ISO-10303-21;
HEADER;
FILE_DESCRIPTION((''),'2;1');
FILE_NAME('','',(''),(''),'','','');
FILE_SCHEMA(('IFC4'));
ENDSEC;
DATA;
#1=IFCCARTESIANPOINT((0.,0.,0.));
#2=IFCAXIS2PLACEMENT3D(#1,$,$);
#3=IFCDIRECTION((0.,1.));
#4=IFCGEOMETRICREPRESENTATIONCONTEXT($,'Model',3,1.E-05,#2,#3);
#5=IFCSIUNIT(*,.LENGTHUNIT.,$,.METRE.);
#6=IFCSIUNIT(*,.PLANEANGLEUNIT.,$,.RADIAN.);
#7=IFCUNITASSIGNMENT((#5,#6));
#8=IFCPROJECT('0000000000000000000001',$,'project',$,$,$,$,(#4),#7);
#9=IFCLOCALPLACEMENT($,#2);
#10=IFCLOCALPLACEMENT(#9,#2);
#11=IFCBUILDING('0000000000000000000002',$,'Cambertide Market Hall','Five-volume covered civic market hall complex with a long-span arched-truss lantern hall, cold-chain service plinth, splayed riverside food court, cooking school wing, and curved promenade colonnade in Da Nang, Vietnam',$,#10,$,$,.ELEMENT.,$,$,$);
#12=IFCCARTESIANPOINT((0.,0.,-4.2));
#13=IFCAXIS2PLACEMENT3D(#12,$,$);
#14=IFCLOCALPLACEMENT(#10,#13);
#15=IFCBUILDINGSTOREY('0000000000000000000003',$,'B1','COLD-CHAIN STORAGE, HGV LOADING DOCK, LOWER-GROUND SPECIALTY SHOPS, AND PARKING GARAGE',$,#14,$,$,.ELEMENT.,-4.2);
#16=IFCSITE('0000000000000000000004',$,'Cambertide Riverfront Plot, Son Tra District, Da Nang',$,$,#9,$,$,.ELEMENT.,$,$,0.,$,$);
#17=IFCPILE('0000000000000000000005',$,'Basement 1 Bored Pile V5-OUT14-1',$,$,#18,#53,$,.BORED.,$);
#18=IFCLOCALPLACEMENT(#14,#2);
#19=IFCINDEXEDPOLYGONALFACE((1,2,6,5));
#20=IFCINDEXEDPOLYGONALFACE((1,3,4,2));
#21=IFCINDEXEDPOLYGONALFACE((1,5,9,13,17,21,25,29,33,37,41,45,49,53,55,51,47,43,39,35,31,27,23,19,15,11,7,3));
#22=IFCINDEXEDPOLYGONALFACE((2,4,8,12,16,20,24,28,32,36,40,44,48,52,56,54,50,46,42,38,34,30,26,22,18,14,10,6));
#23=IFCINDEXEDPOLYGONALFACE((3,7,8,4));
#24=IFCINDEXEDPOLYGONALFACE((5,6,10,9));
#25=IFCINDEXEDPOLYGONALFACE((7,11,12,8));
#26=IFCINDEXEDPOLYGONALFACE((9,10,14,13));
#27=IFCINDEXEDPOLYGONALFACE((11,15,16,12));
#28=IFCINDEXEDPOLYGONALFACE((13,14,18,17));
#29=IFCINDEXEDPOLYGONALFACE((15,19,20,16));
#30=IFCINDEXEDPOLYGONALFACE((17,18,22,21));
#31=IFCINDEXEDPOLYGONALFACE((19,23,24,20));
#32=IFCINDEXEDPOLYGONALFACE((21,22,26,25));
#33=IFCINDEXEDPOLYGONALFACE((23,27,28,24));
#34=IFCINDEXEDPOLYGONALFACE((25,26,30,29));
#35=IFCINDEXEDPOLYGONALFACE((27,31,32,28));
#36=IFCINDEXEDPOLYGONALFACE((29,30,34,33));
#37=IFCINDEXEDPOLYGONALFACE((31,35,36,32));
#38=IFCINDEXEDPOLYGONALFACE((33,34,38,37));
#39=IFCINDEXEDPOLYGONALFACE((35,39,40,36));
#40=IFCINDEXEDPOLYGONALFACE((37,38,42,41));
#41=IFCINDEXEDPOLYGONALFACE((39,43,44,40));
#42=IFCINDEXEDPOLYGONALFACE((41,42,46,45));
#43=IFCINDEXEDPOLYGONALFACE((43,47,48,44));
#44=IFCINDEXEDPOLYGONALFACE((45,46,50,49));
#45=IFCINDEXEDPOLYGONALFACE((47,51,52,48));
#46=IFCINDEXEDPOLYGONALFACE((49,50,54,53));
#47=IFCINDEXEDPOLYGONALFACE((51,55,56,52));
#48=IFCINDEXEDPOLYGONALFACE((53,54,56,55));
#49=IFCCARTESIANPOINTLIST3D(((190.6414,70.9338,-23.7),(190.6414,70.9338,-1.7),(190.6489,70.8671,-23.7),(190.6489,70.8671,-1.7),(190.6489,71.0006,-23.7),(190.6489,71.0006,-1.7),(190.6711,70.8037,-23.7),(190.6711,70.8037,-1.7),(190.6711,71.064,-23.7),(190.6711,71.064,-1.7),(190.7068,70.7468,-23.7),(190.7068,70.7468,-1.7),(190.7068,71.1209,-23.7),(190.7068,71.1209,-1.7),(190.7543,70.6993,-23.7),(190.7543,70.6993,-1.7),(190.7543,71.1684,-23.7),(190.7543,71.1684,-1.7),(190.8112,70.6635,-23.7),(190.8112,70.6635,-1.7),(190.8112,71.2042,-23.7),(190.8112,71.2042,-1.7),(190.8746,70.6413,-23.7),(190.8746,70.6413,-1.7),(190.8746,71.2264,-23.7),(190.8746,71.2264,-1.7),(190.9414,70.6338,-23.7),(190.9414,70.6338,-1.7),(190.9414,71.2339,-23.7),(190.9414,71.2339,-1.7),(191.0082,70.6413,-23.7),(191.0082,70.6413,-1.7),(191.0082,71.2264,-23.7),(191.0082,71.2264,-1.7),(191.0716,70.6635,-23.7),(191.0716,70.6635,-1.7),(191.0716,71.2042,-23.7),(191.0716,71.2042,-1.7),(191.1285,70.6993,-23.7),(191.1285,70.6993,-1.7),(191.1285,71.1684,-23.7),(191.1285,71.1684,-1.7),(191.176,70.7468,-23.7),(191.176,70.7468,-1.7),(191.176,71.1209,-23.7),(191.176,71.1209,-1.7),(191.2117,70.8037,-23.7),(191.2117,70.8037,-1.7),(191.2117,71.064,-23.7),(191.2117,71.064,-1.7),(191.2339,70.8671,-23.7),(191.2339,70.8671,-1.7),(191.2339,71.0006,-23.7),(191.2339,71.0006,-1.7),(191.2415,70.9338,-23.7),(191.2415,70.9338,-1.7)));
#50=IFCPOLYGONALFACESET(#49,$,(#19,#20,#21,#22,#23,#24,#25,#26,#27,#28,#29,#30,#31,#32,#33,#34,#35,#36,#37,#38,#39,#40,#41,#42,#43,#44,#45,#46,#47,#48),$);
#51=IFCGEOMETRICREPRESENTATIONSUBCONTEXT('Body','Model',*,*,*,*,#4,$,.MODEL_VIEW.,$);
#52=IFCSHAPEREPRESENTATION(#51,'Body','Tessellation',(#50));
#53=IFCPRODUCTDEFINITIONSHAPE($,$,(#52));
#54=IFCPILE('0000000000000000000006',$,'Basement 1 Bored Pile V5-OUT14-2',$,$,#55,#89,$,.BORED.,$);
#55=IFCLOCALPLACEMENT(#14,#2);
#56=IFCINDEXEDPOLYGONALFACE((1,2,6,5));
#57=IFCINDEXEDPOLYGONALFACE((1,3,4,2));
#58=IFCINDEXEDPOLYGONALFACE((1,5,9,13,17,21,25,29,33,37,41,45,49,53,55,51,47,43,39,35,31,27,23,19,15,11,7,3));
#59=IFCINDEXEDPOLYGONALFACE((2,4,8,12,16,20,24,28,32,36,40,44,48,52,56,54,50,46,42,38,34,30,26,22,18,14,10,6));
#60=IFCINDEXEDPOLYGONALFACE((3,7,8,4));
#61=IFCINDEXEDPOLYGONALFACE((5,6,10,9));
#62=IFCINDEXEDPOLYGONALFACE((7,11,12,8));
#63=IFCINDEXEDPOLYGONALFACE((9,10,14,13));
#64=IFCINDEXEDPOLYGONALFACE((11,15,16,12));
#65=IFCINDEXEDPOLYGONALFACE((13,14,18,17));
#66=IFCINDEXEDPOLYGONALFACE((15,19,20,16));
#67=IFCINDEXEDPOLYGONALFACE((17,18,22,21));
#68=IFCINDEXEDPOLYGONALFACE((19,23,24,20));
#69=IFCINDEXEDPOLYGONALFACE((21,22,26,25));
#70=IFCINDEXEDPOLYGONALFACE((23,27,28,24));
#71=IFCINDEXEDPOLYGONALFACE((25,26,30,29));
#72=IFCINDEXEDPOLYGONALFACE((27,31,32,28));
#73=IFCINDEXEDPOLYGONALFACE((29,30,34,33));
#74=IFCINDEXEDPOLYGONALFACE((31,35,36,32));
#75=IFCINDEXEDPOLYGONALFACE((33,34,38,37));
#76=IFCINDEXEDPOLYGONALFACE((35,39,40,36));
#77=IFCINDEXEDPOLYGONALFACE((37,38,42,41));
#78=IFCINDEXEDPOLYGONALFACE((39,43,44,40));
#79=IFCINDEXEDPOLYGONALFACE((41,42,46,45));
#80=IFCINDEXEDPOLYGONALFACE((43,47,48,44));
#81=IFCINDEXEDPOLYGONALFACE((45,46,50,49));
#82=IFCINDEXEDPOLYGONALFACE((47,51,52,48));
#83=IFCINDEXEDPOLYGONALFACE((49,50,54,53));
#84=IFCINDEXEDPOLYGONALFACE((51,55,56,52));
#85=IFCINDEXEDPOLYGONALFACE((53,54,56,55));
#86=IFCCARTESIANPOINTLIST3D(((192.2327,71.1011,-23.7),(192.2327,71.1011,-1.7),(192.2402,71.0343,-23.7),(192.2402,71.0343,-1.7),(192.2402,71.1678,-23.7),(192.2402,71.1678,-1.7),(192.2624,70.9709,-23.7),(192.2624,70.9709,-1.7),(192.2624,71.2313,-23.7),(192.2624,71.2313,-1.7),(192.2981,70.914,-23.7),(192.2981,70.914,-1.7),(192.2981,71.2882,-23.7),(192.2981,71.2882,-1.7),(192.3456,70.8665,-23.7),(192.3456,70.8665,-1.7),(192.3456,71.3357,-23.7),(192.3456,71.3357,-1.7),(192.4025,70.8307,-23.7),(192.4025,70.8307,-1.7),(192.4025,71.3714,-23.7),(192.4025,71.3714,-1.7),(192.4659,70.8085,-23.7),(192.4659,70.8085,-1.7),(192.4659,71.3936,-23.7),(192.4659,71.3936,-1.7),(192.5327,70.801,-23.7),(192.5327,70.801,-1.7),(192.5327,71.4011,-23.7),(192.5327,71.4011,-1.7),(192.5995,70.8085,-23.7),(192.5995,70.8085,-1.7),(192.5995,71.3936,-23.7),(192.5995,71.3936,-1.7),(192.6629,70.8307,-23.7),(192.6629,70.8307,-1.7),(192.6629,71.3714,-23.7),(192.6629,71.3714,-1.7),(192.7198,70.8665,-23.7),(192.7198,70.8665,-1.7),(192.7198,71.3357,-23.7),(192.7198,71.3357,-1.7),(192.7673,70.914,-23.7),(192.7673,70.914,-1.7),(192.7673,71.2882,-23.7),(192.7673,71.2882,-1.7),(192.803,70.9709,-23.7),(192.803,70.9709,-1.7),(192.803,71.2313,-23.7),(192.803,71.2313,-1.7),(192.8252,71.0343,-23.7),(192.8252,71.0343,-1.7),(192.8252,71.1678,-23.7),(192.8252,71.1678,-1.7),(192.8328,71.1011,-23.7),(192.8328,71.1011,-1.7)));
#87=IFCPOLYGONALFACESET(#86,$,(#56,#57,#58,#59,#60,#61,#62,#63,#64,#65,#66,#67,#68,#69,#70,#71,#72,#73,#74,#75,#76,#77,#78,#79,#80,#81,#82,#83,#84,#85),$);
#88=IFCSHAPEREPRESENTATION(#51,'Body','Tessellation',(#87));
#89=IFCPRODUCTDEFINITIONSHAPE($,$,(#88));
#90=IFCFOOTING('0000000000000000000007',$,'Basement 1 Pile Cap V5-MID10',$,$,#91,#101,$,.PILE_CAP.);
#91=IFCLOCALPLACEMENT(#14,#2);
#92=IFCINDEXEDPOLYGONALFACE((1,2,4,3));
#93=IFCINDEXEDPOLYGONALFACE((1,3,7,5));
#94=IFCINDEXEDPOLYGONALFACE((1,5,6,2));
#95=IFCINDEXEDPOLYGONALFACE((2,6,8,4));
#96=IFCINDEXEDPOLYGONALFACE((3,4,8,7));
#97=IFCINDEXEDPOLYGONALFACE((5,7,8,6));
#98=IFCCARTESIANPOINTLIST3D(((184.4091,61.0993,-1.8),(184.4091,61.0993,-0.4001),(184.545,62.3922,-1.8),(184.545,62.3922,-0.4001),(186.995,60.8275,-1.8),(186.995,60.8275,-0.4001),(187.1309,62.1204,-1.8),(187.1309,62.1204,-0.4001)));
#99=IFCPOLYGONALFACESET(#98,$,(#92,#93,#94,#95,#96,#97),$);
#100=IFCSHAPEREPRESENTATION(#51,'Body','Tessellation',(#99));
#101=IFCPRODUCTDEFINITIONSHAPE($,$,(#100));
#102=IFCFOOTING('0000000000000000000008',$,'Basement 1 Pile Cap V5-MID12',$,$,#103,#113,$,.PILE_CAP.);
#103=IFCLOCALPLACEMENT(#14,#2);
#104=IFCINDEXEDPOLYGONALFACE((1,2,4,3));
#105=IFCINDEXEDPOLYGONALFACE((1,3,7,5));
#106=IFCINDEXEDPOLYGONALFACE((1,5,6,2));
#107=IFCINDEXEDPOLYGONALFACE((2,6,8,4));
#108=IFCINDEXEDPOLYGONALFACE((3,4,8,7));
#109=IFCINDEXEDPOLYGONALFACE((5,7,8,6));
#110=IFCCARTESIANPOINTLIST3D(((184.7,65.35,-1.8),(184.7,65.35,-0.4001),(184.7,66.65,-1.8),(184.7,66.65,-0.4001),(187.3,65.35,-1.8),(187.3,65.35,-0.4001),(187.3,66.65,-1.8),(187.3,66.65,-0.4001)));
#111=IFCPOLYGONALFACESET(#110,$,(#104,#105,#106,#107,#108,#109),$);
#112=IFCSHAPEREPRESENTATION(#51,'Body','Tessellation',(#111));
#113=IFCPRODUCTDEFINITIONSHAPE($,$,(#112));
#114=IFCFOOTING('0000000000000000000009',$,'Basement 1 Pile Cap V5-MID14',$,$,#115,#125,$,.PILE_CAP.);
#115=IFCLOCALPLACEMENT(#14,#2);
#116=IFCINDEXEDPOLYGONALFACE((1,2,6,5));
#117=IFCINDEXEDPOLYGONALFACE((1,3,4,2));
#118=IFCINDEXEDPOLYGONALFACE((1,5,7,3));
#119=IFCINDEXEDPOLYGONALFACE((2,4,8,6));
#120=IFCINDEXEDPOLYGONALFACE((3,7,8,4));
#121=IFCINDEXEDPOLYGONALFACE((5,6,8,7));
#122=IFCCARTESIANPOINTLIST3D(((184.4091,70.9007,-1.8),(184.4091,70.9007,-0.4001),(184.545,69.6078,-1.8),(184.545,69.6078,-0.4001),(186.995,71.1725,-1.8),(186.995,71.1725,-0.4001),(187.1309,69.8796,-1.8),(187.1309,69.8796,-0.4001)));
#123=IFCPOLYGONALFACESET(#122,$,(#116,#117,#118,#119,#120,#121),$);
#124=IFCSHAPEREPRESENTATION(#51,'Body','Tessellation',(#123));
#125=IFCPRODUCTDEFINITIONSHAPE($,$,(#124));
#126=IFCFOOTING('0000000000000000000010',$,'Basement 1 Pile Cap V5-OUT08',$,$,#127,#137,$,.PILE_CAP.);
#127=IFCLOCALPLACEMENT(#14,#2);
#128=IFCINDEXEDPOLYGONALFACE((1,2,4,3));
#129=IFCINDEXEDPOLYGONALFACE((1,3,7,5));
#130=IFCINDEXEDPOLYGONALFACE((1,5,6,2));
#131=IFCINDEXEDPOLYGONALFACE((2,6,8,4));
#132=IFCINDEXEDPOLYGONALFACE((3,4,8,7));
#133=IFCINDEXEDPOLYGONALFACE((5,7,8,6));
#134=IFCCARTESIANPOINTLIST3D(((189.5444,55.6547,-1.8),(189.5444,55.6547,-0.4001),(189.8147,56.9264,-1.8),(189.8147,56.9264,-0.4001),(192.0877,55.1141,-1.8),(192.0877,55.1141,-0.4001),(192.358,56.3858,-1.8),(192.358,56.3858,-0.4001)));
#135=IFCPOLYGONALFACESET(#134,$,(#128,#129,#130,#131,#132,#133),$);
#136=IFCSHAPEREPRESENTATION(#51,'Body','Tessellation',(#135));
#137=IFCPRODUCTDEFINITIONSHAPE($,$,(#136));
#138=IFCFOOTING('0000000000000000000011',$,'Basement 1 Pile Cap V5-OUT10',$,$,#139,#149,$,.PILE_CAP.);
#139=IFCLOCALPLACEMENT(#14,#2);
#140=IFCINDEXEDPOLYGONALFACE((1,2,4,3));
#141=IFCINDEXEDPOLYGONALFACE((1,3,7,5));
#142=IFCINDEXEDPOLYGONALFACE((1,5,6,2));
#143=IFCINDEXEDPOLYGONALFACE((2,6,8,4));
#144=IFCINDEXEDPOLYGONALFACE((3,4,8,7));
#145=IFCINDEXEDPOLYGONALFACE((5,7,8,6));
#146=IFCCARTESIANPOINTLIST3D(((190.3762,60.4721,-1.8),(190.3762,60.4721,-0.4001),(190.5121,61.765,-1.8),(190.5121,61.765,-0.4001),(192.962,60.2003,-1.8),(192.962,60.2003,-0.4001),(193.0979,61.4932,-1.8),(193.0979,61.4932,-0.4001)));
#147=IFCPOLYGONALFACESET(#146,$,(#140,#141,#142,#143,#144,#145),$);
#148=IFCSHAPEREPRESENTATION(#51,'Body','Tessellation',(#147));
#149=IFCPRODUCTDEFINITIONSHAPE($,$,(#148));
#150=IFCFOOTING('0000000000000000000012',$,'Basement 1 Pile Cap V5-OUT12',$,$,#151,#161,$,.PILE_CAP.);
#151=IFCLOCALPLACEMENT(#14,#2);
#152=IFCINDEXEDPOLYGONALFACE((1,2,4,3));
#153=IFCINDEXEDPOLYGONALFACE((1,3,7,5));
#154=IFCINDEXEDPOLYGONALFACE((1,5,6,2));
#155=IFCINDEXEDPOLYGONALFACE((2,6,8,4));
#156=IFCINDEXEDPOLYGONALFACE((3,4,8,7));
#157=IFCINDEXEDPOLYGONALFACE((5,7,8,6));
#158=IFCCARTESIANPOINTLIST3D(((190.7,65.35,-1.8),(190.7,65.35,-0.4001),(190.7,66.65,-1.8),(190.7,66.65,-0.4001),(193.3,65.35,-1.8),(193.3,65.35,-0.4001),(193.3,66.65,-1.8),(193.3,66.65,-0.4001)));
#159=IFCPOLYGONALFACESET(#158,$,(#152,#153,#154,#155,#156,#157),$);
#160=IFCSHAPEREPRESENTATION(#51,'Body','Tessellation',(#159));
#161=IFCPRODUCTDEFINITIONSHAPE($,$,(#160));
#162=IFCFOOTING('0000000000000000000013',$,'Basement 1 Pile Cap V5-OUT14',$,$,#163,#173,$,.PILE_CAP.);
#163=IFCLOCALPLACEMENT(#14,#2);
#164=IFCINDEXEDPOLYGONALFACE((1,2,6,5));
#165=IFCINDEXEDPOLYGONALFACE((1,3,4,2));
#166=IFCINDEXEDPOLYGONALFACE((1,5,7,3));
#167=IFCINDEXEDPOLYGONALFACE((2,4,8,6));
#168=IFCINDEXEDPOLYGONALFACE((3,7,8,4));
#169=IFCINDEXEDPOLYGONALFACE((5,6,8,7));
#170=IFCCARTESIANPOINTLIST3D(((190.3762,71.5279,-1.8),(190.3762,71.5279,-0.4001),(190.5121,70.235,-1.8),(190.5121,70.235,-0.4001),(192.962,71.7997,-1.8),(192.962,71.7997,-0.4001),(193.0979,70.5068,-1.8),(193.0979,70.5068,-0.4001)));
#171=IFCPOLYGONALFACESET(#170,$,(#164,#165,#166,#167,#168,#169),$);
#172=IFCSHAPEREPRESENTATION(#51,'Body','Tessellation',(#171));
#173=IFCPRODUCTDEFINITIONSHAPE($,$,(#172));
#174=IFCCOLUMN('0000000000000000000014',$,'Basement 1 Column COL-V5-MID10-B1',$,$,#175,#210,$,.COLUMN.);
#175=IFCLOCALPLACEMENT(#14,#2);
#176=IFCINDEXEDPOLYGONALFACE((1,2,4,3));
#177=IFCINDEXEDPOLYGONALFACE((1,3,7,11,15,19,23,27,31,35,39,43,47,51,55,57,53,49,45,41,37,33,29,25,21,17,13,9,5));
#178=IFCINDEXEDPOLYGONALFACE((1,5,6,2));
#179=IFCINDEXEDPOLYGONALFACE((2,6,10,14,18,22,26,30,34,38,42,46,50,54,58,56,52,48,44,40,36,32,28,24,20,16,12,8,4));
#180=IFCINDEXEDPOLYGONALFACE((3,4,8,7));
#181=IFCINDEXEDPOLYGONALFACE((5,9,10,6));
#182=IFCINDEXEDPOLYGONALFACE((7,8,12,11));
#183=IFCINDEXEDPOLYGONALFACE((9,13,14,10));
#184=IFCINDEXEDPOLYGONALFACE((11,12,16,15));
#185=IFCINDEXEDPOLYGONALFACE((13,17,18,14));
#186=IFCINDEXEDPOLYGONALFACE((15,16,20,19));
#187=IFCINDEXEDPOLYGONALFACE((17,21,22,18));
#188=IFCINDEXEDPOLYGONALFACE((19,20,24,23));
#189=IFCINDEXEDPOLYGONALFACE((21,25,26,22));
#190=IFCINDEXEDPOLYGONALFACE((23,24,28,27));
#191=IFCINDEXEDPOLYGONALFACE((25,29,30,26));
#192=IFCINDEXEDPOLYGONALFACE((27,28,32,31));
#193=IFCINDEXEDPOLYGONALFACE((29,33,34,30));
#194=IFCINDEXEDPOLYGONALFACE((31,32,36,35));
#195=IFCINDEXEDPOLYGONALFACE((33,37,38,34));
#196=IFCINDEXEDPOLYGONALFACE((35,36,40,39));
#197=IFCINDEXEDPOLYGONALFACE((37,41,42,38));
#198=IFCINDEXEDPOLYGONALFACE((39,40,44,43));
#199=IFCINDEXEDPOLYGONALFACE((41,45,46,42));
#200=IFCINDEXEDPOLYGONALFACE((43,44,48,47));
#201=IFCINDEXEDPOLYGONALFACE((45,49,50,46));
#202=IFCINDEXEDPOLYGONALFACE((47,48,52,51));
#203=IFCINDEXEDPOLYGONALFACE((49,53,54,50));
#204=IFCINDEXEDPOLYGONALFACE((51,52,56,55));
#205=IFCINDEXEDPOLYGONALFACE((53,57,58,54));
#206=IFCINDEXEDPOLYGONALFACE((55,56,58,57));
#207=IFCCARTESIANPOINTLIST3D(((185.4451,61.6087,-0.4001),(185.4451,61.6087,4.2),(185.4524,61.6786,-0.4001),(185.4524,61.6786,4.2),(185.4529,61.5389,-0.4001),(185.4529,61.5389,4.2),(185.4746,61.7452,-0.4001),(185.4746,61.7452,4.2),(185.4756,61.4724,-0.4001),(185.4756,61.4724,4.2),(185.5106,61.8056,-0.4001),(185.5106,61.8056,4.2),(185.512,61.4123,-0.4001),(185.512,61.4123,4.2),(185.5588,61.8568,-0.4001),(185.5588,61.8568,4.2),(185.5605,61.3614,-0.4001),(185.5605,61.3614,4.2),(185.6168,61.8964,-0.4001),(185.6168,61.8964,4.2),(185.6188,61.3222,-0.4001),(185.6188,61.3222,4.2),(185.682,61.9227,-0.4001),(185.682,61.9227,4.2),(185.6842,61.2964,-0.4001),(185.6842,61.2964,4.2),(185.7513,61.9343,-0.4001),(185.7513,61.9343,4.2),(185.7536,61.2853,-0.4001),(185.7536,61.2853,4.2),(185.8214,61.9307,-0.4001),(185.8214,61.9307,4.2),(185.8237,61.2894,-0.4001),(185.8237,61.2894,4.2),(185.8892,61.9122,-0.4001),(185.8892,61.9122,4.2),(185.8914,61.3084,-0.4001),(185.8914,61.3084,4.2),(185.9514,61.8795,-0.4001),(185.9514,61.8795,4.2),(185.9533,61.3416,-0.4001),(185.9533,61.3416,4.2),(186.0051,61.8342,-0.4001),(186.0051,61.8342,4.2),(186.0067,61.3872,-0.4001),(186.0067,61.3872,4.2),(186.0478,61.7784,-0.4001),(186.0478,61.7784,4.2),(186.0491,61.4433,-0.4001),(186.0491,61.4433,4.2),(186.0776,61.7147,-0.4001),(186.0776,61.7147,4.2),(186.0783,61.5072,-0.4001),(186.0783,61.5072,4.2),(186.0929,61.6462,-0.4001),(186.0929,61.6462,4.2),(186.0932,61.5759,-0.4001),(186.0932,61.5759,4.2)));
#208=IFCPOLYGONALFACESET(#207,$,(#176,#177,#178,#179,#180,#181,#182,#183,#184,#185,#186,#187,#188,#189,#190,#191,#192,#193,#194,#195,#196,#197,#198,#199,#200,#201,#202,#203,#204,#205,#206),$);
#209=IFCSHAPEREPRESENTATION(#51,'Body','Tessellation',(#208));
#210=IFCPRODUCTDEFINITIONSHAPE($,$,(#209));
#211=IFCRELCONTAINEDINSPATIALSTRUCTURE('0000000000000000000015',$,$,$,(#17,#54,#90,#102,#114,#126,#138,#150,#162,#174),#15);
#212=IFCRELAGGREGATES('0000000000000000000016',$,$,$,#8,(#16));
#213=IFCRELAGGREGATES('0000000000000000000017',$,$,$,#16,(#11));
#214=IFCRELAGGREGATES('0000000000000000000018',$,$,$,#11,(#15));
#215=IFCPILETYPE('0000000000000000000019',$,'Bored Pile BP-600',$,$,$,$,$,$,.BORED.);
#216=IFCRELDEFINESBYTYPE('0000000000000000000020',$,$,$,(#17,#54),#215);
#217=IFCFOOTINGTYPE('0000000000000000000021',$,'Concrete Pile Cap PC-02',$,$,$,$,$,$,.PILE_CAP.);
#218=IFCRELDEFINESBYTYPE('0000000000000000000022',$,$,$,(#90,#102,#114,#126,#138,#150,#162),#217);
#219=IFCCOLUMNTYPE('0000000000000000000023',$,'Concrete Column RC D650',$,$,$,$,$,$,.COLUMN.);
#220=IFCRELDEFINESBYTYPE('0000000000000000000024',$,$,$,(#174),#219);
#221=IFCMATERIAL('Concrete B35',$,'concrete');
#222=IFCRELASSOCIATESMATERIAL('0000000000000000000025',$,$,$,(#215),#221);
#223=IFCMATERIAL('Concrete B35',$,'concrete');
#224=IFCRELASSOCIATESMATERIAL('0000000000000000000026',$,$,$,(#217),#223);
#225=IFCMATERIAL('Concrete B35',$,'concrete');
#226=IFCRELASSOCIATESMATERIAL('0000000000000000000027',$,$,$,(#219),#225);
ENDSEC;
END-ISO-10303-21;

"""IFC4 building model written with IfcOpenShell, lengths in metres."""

from ifc_helpers import new_model, si_unit, direction, frame, origin, origin_2d, place, context, subcontext, project, spatial, rectangle, circle, extrude, material, material_profile, profile_set, type_object, element, save


model = new_model("IFC4")

# Units and contexts
model_context = context("Model", 3, precision=1e-05, world=origin(), true_north=direction((0.0, 1.0)))
body_context = subcontext(model_context, "Body", "Model", "MODEL_VIEW")
ifc_project = project(units=[si_unit("LENGTHUNIT", "METRE"), si_unit("PLANEANGLEUNIT", "RADIAN")], contexts=[model_context])

# Site, building, storey
site_placement = place(None, origin())
site = spatial("IfcSite", under=ifc_project, at=site_placement, Name="Cambertide Riverfront Plot, Son Tra District, Da Nang", CompositionType="ELEMENT", RefElevation=0.0)
building_placement = place(site_placement, origin())
building = spatial("IfcBuilding", under=site, at=building_placement, Name="Cambertide Market Hall", Description="Five-volume covered civic market hall complex with a long-span arched-truss lantern hall, cold-chain service plinth, splayed riverside food court, cooking school wing, and curved promenade colonnade in Da Nang, Vietnam", CompositionType="ELEMENT")
storey_placement = place(building_placement, frame((0.0, 0.0, -4.2)))
storey = spatial("IfcBuildingStorey", under=building, at=storey_placement, Name="B1", Description="COLD-CHAIN STORAGE, HGV LOADING DOCK, LOWER-GROUND SPECIALTY SHOPS, AND PARKING GARAGE", CompositionType="ELEMENT", Elevation=-4.2)

# Piles
ifc_material_1 = material(Name="Concrete B35", Category="concrete")
ifc_material_profile_1 = material_profile(ifc_material_1, circle(Radius=0.3, at=origin_2d()), Name="BP D600")
ifc_profile_set_1 = profile_set([ifc_material_profile_1], Name="Concrete B35")
pile_type = type_object("IfcPileType", Name="Bored Pile BP-600", PredefinedType="BORED", material=ifc_profile_set_1)
for number, where, z_axis, x_axis, name in (
    (1, (190.9414, 70.9338, -1.7), (0.0, 0.0, -1.0), (1.0, 0.0, 0.0), "Basement 1 Bored Pile V5-OUT14-1"),
    (2, (192.5327, 71.1011, -1.7), (0.0, 0.0, -1.0), (1.0, 0.0, 0.0), "Basement 1 Bored Pile V5-OUT14-2"),
):
    element("IfcPile", number, at=place(storey_placement, frame(where, z_axis=z_axis, x_axis=x_axis)), inside=storey, type_object=pile_type, Name=name, PredefinedType="BORED", context=body_context, shape_type="SweptSolid", body=[
        extrude(circle(Radius=0.3, at=origin_2d()), origin(), (0.0, 0.0, 1.0), 22.0),
    ])

# Footings
ifc_material_2 = material(Name="Concrete B35", Category="concrete")
footing_type = type_object("IfcFootingType", Name="Concrete Pile Cap PC-02", PredefinedType="PILE_CAP", material=ifc_material_2)
for number, where, z_axis, x_axis, name in (
    (3, (185.77, 61.6099, -1.8), (0.0, 0.0, 1.0), (0.994522, -0.104528, 0.0), "Basement 1 Pile Cap V5-MID10"),
    (4, (186.0, 66.0, -1.8), (0.0, 0.0, 1.0), (1.0, 0.0, 0.0), "Basement 1 Pile Cap V5-MID12"),
    (5, (185.77, 70.3901, -1.8), (0.0, 0.0, 1.0), (0.994522, 0.104528, 0.0), "Basement 1 Pile Cap V5-MID14"),
    (6, (190.9512, 56.0203, -1.8), (0.0, 0.0, 1.0), (0.978148, -0.207912, 0.0), "Basement 1 Pile Cap V5-OUT08"),
    (7, (191.7371, 60.9827, -1.8), (0.0, 0.0, 1.0), (0.994522, -0.104528, 0.0), "Basement 1 Pile Cap V5-OUT10"),
    (8, (192.0, 66.0, -1.8), (0.0, 0.0, 1.0), (1.0, 0.0, 0.0), "Basement 1 Pile Cap V5-OUT12"),
    (9, (191.7371, 71.0173, -1.8), (0.0, 0.0, 1.0), (0.994522, 0.104528, 0.0), "Basement 1 Pile Cap V5-OUT14"),
):
    element("IfcFooting", number, at=place(storey_placement, frame(where, z_axis=z_axis, x_axis=x_axis)), inside=storey, type_object=footing_type, Name=name, PredefinedType="PILE_CAP", context=body_context, shape_type="SweptSolid", body=[
        extrude(rectangle(XDim=2.6001, YDim=1.3, at=origin_2d()), origin(), (0.0, 0.0, 1.0), 1.3999),
    ])

# Column
ifc_material_3 = material(Name="Concrete B35", Category="concrete")
ifc_material_profile_2 = material_profile(ifc_material_3, circle(Radius=0.325, at=origin_2d()), Name="RC D650")
ifc_profile_set_2 = profile_set([ifc_material_profile_2], Name="Concrete B35")
column_type_1 = type_object("IfcColumnType", Name="Concrete Column RC D650", PredefinedType="COLUMN", material=ifc_profile_set_2)
for number, where, z_axis, x_axis, name in (
    (10, (185.77, 61.6099, -0.4001), (0.0, 0.0, 1.0), (0.994522, -0.104528, 0.0), "Basement 1 Column COL-V5-MID10-B1"),
):
    element("IfcColumn", number, at=place(storey_placement, frame(where, z_axis=z_axis, x_axis=x_axis)), inside=storey, type_object=column_type_1, Name=name, PredefinedType="COLUMN", context=body_context, shape_type="SweptSolid", body=[
        extrude(circle(Radius=0.325, at=origin_2d()), origin(), (0.0, 0.0, 1.0), 4.6001),
    ])

save(model, "model.ifc")
